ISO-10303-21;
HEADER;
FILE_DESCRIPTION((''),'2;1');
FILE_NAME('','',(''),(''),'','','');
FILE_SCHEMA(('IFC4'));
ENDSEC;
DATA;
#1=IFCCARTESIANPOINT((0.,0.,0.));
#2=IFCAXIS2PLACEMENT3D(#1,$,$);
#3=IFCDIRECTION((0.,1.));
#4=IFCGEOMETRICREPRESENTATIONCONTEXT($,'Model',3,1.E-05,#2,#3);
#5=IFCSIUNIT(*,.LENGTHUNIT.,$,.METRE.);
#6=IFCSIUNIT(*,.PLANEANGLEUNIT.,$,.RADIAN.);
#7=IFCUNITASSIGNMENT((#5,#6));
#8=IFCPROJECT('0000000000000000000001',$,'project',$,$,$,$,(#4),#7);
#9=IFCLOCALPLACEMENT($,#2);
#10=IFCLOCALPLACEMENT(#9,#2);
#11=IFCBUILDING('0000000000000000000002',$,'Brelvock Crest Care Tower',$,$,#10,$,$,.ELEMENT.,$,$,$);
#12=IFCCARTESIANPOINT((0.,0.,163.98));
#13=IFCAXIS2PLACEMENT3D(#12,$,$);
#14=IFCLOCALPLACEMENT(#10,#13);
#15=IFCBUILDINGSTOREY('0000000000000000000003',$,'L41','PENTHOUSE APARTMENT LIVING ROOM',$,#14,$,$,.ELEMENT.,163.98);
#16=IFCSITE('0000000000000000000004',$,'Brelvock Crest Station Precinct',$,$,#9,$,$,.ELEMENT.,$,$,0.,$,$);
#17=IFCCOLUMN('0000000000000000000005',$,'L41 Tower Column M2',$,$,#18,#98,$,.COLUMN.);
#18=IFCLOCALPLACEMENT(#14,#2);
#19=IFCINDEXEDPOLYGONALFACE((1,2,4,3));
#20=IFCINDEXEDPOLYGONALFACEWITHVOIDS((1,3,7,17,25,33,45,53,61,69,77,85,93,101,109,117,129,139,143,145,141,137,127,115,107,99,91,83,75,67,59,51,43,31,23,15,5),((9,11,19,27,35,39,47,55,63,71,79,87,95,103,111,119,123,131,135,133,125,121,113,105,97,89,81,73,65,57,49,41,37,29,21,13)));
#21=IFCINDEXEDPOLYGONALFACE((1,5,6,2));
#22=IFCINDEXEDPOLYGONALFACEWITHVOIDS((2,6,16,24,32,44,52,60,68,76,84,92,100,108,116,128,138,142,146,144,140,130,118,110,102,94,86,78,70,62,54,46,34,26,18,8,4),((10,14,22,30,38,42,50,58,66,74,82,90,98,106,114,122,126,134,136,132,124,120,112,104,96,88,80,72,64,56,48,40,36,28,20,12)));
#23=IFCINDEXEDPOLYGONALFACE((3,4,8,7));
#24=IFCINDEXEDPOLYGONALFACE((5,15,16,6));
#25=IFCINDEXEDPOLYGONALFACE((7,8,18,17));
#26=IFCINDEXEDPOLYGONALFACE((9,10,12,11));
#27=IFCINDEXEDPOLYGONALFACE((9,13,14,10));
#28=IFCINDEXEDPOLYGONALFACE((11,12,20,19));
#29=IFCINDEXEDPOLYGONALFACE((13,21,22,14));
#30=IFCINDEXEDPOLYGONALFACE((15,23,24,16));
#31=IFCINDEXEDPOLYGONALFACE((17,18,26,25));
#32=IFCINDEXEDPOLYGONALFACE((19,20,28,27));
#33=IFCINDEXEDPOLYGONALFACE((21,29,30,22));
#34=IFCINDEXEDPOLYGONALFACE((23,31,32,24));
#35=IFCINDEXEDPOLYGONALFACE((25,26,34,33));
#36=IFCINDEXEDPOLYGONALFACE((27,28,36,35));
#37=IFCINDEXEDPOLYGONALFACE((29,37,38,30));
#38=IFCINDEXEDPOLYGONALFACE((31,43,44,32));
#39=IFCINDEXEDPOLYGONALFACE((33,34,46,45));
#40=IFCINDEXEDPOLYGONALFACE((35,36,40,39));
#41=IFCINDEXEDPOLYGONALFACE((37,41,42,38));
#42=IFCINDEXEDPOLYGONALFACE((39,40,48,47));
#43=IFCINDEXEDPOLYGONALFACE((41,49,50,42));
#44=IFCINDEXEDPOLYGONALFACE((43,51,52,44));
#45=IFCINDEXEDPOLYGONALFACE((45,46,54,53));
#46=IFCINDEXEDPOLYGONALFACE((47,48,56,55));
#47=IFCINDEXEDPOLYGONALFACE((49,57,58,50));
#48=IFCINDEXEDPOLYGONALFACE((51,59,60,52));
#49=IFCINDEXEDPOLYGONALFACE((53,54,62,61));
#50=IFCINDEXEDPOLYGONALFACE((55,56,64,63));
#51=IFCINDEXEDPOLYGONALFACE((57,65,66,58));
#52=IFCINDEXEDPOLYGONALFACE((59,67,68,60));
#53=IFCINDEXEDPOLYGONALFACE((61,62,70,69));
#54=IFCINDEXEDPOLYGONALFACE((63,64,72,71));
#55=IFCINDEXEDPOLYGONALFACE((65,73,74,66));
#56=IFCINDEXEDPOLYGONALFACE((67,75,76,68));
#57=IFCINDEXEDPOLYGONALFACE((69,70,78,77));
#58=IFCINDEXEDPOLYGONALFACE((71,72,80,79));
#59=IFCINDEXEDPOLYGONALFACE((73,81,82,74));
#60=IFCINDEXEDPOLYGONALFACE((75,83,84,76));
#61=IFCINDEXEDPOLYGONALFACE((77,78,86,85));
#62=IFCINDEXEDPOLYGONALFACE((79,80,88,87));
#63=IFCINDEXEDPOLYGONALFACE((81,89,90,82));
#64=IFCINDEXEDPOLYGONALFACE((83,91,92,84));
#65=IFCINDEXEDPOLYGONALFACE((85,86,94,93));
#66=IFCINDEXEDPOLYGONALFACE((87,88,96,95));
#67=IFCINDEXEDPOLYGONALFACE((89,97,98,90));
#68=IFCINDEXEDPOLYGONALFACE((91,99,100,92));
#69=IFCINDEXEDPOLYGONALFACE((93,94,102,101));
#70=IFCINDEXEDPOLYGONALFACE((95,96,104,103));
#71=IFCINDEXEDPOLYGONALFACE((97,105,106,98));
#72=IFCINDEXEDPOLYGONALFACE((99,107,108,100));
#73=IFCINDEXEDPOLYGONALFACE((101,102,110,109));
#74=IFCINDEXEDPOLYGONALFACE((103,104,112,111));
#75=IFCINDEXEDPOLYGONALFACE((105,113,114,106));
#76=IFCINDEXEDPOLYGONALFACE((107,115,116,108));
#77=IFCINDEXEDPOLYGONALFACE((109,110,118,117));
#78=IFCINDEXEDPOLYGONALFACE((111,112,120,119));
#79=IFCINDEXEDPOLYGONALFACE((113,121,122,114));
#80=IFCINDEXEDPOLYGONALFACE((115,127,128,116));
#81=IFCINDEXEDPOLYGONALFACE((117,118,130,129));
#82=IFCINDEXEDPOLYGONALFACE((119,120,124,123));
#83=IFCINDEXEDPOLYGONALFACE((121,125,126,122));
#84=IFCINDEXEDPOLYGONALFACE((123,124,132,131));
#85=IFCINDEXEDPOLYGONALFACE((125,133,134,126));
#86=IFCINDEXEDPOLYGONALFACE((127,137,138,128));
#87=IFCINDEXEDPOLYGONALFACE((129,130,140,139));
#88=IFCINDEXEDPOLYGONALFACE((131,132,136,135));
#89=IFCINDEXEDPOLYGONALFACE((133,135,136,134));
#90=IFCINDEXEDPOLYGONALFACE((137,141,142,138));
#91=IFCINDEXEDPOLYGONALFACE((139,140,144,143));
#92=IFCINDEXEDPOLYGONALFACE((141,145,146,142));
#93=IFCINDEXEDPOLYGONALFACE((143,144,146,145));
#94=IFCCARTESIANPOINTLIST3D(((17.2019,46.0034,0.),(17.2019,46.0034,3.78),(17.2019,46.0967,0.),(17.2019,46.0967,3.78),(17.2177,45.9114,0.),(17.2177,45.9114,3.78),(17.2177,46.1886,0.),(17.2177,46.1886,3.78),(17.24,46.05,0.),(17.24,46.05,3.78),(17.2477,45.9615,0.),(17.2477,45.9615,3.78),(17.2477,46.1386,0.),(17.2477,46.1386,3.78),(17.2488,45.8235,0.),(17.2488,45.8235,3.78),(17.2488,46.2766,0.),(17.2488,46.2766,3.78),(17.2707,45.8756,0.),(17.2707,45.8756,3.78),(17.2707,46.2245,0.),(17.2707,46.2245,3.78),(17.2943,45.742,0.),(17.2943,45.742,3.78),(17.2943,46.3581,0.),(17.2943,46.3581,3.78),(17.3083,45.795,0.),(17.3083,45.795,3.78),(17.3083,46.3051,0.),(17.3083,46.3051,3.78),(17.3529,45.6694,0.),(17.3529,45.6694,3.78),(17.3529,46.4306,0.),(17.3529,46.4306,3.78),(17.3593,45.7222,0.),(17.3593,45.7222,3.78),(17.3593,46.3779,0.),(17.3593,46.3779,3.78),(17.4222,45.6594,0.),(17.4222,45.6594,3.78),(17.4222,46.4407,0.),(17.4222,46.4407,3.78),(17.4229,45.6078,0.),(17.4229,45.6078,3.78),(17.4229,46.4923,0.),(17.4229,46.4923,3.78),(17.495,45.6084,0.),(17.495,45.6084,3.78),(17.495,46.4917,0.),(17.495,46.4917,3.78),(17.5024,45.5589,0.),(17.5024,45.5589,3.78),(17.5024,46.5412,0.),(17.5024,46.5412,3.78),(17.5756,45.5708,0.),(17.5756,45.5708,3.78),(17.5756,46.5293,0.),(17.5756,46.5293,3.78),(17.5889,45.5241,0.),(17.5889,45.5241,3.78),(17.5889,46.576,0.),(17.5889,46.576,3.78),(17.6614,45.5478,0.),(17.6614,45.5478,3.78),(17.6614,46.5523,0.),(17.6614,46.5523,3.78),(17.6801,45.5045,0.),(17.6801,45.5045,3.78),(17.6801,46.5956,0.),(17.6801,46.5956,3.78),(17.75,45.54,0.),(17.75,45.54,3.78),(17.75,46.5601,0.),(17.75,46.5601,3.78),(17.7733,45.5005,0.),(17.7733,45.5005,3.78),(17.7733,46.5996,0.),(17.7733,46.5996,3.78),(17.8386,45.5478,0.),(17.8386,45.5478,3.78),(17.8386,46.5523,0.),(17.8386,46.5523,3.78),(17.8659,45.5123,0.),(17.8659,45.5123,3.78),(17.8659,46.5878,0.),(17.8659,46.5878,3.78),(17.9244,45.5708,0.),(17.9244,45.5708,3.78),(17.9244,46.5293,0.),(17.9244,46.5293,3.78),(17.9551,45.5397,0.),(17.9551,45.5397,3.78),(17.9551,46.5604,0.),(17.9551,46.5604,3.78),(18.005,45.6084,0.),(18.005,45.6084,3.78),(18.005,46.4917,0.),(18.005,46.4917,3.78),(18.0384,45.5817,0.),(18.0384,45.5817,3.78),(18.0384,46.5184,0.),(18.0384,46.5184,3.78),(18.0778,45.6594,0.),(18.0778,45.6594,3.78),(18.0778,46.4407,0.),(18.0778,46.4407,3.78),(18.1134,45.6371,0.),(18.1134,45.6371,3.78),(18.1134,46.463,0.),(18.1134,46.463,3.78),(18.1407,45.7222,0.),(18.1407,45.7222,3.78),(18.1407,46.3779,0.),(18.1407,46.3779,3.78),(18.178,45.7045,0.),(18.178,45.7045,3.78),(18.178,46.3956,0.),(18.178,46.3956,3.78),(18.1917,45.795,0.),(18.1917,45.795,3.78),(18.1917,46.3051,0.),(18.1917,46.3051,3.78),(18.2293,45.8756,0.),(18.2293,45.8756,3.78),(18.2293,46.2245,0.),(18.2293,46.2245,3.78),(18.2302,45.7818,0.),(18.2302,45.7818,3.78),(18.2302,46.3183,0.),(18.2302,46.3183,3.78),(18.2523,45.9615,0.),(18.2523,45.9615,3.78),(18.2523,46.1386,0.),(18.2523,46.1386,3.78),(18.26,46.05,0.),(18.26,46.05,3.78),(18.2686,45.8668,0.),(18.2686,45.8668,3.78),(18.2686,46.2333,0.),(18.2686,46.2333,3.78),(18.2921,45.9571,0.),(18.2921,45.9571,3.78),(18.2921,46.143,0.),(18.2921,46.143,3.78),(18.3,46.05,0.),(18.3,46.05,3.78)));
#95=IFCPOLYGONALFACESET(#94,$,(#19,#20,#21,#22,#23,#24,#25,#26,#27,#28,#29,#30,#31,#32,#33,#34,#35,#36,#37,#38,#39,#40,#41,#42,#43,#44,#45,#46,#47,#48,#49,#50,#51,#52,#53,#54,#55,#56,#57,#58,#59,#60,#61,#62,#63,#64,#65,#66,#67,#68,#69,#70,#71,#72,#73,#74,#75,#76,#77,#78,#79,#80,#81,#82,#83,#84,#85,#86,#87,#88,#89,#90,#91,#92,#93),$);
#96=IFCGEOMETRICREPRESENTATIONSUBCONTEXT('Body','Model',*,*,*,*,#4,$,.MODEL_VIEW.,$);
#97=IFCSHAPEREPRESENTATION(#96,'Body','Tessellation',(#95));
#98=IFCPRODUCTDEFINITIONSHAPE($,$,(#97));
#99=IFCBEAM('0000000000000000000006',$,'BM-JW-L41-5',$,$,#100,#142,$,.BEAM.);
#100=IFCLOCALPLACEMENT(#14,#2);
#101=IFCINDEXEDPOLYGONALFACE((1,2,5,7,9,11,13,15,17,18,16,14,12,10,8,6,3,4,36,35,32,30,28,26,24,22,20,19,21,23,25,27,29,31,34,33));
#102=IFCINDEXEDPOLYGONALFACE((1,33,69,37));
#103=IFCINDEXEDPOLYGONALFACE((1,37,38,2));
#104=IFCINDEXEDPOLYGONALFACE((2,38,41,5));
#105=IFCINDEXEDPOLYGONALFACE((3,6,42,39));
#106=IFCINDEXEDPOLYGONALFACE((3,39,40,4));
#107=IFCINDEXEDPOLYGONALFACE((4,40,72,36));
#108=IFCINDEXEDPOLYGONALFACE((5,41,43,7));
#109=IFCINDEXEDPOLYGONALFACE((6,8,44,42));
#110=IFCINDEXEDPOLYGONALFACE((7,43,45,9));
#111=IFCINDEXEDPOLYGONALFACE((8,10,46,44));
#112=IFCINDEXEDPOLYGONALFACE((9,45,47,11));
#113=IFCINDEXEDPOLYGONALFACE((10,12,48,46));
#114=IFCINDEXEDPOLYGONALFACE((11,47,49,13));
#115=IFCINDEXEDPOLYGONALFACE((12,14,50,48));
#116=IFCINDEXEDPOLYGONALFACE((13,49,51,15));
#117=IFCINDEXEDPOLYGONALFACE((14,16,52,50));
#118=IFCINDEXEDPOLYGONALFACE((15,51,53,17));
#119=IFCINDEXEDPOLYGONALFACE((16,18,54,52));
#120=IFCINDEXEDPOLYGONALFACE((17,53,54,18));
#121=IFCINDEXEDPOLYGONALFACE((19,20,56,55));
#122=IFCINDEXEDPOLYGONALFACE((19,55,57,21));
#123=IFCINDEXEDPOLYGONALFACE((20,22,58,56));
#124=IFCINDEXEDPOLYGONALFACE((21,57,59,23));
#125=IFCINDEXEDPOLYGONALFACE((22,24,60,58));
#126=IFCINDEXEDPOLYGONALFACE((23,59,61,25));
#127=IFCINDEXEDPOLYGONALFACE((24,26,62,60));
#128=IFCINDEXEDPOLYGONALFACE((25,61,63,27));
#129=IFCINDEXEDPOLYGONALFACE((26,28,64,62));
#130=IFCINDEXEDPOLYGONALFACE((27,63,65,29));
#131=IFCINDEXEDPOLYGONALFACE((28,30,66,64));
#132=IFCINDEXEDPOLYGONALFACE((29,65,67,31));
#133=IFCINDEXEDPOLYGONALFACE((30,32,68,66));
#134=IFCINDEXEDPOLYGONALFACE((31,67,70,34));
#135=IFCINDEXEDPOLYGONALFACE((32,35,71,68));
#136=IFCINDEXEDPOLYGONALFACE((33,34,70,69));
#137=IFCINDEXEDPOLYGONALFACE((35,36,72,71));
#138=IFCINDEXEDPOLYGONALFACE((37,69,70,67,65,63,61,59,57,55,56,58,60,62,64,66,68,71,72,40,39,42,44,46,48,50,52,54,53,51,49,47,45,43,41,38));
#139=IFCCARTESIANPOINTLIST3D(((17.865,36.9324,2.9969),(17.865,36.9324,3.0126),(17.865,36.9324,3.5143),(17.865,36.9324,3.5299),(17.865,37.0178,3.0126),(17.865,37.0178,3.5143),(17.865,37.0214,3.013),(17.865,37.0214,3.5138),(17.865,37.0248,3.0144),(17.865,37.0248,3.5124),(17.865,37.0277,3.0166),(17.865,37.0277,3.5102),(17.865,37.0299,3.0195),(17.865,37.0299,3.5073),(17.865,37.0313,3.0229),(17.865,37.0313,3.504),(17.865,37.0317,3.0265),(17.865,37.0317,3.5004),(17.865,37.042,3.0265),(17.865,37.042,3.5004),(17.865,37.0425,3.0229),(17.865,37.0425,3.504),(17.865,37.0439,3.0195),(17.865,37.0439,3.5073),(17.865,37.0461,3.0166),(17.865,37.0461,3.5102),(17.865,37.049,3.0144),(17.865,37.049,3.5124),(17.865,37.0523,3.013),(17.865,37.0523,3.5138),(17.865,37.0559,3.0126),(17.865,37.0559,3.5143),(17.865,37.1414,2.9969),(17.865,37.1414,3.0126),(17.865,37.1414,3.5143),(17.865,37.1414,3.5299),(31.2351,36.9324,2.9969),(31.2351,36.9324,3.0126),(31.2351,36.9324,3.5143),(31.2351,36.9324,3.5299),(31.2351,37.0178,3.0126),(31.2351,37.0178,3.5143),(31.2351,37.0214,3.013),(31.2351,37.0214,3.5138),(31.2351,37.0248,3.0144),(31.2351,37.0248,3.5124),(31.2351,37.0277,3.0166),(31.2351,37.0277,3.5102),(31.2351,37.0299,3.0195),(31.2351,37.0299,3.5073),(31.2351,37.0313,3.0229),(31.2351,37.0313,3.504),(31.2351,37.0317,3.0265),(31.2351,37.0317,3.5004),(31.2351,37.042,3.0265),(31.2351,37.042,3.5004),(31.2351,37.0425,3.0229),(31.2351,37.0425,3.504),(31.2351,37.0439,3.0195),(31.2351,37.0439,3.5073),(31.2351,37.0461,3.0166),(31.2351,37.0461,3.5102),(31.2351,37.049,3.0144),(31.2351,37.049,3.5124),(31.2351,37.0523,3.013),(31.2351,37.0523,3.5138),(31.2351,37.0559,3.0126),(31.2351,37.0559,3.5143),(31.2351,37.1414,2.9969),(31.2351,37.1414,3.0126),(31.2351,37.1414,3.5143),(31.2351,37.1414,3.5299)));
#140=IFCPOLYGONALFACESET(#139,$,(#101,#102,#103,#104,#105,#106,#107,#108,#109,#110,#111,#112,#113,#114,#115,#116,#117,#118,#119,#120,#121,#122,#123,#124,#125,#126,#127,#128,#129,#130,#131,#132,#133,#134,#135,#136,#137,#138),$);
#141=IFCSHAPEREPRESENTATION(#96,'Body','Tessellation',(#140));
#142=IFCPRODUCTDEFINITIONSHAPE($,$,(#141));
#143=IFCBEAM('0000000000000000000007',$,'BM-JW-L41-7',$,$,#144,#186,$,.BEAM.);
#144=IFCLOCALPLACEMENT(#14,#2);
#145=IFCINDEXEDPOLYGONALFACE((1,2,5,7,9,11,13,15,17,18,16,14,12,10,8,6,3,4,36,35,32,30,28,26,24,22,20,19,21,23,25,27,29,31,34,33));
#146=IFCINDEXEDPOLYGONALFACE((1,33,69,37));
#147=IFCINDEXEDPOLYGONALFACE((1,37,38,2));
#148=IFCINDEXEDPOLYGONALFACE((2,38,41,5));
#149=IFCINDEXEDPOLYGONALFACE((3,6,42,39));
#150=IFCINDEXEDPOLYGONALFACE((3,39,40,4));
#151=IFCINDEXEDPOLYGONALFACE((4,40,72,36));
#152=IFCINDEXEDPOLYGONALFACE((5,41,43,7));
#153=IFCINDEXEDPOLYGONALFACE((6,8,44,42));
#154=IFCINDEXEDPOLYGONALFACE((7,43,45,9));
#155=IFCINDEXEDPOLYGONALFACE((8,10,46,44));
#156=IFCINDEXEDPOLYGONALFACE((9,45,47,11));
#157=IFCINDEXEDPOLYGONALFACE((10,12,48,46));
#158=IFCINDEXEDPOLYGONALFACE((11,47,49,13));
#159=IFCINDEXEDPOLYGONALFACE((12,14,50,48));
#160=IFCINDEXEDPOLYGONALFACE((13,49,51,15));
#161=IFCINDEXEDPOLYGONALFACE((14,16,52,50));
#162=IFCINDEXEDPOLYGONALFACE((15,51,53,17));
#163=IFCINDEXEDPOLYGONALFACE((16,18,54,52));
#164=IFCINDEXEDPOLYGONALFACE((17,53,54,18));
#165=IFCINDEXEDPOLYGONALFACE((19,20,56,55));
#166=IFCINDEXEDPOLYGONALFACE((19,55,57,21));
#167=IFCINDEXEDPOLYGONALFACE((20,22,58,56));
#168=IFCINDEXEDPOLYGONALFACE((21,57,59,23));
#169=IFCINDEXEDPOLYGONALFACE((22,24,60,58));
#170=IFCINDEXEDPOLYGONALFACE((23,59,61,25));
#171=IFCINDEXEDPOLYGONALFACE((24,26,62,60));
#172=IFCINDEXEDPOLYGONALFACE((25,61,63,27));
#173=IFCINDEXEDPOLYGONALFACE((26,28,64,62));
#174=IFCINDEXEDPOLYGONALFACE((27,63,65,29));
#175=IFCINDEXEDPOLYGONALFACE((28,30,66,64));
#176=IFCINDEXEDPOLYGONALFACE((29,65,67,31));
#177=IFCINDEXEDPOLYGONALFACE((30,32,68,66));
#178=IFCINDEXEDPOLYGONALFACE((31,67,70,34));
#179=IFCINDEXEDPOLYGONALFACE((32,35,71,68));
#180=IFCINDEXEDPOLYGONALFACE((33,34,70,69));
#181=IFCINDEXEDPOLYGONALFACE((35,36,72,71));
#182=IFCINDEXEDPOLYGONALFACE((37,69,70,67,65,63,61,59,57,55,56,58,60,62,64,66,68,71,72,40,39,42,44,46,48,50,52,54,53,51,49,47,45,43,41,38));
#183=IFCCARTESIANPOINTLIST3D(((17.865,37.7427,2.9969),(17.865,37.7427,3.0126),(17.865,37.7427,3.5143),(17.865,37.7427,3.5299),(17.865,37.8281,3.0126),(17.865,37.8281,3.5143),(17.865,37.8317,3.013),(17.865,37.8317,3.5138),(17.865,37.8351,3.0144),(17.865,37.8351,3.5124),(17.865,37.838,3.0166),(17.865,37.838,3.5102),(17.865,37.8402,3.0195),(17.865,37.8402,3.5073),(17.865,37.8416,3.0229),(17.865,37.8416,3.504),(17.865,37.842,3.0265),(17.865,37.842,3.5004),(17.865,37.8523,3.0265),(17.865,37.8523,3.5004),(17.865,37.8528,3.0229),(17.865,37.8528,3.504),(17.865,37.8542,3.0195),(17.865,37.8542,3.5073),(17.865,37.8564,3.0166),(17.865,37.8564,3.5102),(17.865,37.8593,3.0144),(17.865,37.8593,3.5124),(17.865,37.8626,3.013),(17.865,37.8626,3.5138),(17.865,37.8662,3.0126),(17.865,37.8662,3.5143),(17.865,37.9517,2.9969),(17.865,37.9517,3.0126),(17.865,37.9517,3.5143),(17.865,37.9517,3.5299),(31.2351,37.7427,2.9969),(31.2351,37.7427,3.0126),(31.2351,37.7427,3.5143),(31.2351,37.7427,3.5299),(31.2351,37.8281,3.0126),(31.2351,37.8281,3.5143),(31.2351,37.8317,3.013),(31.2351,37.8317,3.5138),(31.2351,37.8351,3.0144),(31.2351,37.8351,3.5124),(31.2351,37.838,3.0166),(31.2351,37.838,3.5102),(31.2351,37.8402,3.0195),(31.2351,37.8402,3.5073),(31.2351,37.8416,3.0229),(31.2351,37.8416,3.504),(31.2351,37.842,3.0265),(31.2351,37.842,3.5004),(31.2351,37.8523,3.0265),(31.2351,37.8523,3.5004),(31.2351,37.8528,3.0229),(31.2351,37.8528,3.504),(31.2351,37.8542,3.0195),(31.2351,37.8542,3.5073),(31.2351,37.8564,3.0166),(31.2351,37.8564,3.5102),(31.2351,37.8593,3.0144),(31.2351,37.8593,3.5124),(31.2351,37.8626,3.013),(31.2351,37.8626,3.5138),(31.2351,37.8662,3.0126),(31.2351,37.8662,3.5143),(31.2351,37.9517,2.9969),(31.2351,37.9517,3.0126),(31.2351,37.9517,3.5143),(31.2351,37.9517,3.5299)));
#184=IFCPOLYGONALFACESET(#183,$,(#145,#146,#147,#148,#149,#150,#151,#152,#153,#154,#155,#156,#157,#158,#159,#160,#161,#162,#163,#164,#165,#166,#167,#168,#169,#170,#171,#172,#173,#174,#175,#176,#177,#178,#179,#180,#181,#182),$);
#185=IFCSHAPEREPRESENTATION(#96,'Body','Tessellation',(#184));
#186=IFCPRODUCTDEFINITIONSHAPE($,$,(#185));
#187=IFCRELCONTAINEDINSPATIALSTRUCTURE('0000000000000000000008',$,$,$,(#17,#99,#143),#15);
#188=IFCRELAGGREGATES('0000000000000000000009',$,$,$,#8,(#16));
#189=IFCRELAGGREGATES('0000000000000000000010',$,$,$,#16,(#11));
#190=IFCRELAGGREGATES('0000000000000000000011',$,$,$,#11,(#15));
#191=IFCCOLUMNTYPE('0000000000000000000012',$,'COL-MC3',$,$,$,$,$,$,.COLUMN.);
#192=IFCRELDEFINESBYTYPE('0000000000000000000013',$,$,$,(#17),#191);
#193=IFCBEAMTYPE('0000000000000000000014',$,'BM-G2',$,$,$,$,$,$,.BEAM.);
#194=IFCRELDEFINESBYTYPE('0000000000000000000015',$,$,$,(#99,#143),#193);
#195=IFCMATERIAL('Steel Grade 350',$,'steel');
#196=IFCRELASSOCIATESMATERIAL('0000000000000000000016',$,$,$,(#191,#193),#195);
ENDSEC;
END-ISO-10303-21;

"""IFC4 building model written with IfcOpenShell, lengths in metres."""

from ifc_helpers import new_model, si_unit, direction, frame, origin, origin_2d, place, context, subcontext, project, spatial, hollow_circle, i_section, extrude, source, transform, mapped, material, material_profile, profile_set, type_object, element, save


model = new_model("IFC4")

# Units and contexts
model_context = context("Model", 3, precision=1e-05, world=origin(), true_north=direction((0.0, 1.0)))
body_context = subcontext(model_context, "Body", "Model", "MODEL_VIEW")
ifc_project = project(units=[si_unit("LENGTHUNIT", "METRE"), si_unit("PLANEANGLEUNIT", "RADIAN")], contexts=[model_context])

# Site, building, storey
site_placement = place(None, origin())
site = spatial("IfcSite", under=ifc_project, at=site_placement, Name="Brelvock Crest Station Precinct", CompositionType="ELEMENT", RefElevation=0.0)
building_placement = place(site_placement, origin())
building = spatial("IfcBuilding", under=site, at=building_placement, Name="Brelvock Crest Care Tower", CompositionType="ELEMENT")
storey_placement = place(building_placement, frame((0.0, 0.0, 163.98)))
storey = spatial("IfcBuildingStorey", under=building, at=storey_placement, Name="L41", Description="PENTHOUSE APARTMENT LIVING ROOM", CompositionType="ELEMENT", Elevation=163.98)

# Column
ifc_material_1 = material(Name="Steel Grade 350", Category="steel")
ifc_material_profile_1 = material_profile(ifc_material_1, hollow_circle(Radius=0.55, WallThickness=0.04, at=origin_2d()), Name="CFT1100x40")
ifc_profile_set_1 = profile_set([ifc_material_profile_1], Name="Steel Grade 350")
column_type = type_object("IfcColumnType", Name="COL-MC3", PredefinedType="COLUMN", material=ifc_profile_set_1)
shared_shape_1 = source(origin(), body_context, "Body", "SweptSolid", [
    extrude(hollow_circle(Radius=0.55, WallThickness=0.04, at=origin_2d()), origin(), (0.0, 0.0, 1.0), 3.78),
])
column_placement = place(storey_placement, frame((17.75, 46.05, 0.0), z_axis=(0.0, 0.0, 1.0), x_axis=(1.0, 0.0, 0.0)))
element("IfcColumn", 1, at=column_placement, inside=storey, type_object=column_type, Name="L41 Tower Column M2", PredefinedType="COLUMN", context=body_context, shape_type="MappedRepresentation", body=[
    mapped(shared_shape_1, transform((0.0, 0.0, 0.0), x_axis=(1.0, 0.0, 0.0), y_axis=(0.0, 1.0, 0.0), z_axis=(0.0, 0.0, 1.0), scale=1.0)),
])

# Beams
ifc_material_profile_2 = material_profile(ifc_material_1, i_section(OverallWidth=0.209, OverallDepth=0.533, WebThickness=0.0103, FlangeThickness=0.0156, FilletRadius=0.0139, at=origin_2d()), Name="530UB92.4")
ifc_profile_set_2 = profile_set([ifc_material_profile_2], Name="Steel Grade 350")
beam_type_1 = type_object("IfcBeamType", Name="BM-G2", PredefinedType="BEAM", material=ifc_profile_set_2)
shared_shape_2 = source(origin(), body_context, "Body", "SweptSolid", [
    extrude(i_section(OverallWidth=0.209, OverallDepth=0.533, WebThickness=0.0103, FlangeThickness=0.0156, FilletRadius=0.0139, at=origin_2d()), origin(), (0.0, 0.0, 1.0), 13.3701),
])
for number, where, z_axis, x_axis, name in (
    (2, (17.865, 37.0369, 3.2634), (1.0, 0.0, 0.0), (0.0, 1.0, 0.0), "BM-JW-L41-5"),
    (3, (17.865, 37.8472, 3.2634), (1.0, 0.0, 0.0), (0.0, 1.0, 0.0), "BM-JW-L41-7"),
):
    element("IfcBeam", number, at=place(storey_placement, frame(where, z_axis=z_axis, x_axis=x_axis)), inside=storey, type_object=beam_type_1, Name=name, PredefinedType="BEAM", context=body_context, shape_type="MappedRepresentation", body=[
        mapped(shared_shape_2, transform((0.0, 0.0, 0.0), x_axis=(1.0, 0.0, 0.0), y_axis=(0.0, 1.0, 0.0), z_axis=(0.0, 0.0, 1.0), scale=1.0)),
    ])

save(model, "model.ifc")
